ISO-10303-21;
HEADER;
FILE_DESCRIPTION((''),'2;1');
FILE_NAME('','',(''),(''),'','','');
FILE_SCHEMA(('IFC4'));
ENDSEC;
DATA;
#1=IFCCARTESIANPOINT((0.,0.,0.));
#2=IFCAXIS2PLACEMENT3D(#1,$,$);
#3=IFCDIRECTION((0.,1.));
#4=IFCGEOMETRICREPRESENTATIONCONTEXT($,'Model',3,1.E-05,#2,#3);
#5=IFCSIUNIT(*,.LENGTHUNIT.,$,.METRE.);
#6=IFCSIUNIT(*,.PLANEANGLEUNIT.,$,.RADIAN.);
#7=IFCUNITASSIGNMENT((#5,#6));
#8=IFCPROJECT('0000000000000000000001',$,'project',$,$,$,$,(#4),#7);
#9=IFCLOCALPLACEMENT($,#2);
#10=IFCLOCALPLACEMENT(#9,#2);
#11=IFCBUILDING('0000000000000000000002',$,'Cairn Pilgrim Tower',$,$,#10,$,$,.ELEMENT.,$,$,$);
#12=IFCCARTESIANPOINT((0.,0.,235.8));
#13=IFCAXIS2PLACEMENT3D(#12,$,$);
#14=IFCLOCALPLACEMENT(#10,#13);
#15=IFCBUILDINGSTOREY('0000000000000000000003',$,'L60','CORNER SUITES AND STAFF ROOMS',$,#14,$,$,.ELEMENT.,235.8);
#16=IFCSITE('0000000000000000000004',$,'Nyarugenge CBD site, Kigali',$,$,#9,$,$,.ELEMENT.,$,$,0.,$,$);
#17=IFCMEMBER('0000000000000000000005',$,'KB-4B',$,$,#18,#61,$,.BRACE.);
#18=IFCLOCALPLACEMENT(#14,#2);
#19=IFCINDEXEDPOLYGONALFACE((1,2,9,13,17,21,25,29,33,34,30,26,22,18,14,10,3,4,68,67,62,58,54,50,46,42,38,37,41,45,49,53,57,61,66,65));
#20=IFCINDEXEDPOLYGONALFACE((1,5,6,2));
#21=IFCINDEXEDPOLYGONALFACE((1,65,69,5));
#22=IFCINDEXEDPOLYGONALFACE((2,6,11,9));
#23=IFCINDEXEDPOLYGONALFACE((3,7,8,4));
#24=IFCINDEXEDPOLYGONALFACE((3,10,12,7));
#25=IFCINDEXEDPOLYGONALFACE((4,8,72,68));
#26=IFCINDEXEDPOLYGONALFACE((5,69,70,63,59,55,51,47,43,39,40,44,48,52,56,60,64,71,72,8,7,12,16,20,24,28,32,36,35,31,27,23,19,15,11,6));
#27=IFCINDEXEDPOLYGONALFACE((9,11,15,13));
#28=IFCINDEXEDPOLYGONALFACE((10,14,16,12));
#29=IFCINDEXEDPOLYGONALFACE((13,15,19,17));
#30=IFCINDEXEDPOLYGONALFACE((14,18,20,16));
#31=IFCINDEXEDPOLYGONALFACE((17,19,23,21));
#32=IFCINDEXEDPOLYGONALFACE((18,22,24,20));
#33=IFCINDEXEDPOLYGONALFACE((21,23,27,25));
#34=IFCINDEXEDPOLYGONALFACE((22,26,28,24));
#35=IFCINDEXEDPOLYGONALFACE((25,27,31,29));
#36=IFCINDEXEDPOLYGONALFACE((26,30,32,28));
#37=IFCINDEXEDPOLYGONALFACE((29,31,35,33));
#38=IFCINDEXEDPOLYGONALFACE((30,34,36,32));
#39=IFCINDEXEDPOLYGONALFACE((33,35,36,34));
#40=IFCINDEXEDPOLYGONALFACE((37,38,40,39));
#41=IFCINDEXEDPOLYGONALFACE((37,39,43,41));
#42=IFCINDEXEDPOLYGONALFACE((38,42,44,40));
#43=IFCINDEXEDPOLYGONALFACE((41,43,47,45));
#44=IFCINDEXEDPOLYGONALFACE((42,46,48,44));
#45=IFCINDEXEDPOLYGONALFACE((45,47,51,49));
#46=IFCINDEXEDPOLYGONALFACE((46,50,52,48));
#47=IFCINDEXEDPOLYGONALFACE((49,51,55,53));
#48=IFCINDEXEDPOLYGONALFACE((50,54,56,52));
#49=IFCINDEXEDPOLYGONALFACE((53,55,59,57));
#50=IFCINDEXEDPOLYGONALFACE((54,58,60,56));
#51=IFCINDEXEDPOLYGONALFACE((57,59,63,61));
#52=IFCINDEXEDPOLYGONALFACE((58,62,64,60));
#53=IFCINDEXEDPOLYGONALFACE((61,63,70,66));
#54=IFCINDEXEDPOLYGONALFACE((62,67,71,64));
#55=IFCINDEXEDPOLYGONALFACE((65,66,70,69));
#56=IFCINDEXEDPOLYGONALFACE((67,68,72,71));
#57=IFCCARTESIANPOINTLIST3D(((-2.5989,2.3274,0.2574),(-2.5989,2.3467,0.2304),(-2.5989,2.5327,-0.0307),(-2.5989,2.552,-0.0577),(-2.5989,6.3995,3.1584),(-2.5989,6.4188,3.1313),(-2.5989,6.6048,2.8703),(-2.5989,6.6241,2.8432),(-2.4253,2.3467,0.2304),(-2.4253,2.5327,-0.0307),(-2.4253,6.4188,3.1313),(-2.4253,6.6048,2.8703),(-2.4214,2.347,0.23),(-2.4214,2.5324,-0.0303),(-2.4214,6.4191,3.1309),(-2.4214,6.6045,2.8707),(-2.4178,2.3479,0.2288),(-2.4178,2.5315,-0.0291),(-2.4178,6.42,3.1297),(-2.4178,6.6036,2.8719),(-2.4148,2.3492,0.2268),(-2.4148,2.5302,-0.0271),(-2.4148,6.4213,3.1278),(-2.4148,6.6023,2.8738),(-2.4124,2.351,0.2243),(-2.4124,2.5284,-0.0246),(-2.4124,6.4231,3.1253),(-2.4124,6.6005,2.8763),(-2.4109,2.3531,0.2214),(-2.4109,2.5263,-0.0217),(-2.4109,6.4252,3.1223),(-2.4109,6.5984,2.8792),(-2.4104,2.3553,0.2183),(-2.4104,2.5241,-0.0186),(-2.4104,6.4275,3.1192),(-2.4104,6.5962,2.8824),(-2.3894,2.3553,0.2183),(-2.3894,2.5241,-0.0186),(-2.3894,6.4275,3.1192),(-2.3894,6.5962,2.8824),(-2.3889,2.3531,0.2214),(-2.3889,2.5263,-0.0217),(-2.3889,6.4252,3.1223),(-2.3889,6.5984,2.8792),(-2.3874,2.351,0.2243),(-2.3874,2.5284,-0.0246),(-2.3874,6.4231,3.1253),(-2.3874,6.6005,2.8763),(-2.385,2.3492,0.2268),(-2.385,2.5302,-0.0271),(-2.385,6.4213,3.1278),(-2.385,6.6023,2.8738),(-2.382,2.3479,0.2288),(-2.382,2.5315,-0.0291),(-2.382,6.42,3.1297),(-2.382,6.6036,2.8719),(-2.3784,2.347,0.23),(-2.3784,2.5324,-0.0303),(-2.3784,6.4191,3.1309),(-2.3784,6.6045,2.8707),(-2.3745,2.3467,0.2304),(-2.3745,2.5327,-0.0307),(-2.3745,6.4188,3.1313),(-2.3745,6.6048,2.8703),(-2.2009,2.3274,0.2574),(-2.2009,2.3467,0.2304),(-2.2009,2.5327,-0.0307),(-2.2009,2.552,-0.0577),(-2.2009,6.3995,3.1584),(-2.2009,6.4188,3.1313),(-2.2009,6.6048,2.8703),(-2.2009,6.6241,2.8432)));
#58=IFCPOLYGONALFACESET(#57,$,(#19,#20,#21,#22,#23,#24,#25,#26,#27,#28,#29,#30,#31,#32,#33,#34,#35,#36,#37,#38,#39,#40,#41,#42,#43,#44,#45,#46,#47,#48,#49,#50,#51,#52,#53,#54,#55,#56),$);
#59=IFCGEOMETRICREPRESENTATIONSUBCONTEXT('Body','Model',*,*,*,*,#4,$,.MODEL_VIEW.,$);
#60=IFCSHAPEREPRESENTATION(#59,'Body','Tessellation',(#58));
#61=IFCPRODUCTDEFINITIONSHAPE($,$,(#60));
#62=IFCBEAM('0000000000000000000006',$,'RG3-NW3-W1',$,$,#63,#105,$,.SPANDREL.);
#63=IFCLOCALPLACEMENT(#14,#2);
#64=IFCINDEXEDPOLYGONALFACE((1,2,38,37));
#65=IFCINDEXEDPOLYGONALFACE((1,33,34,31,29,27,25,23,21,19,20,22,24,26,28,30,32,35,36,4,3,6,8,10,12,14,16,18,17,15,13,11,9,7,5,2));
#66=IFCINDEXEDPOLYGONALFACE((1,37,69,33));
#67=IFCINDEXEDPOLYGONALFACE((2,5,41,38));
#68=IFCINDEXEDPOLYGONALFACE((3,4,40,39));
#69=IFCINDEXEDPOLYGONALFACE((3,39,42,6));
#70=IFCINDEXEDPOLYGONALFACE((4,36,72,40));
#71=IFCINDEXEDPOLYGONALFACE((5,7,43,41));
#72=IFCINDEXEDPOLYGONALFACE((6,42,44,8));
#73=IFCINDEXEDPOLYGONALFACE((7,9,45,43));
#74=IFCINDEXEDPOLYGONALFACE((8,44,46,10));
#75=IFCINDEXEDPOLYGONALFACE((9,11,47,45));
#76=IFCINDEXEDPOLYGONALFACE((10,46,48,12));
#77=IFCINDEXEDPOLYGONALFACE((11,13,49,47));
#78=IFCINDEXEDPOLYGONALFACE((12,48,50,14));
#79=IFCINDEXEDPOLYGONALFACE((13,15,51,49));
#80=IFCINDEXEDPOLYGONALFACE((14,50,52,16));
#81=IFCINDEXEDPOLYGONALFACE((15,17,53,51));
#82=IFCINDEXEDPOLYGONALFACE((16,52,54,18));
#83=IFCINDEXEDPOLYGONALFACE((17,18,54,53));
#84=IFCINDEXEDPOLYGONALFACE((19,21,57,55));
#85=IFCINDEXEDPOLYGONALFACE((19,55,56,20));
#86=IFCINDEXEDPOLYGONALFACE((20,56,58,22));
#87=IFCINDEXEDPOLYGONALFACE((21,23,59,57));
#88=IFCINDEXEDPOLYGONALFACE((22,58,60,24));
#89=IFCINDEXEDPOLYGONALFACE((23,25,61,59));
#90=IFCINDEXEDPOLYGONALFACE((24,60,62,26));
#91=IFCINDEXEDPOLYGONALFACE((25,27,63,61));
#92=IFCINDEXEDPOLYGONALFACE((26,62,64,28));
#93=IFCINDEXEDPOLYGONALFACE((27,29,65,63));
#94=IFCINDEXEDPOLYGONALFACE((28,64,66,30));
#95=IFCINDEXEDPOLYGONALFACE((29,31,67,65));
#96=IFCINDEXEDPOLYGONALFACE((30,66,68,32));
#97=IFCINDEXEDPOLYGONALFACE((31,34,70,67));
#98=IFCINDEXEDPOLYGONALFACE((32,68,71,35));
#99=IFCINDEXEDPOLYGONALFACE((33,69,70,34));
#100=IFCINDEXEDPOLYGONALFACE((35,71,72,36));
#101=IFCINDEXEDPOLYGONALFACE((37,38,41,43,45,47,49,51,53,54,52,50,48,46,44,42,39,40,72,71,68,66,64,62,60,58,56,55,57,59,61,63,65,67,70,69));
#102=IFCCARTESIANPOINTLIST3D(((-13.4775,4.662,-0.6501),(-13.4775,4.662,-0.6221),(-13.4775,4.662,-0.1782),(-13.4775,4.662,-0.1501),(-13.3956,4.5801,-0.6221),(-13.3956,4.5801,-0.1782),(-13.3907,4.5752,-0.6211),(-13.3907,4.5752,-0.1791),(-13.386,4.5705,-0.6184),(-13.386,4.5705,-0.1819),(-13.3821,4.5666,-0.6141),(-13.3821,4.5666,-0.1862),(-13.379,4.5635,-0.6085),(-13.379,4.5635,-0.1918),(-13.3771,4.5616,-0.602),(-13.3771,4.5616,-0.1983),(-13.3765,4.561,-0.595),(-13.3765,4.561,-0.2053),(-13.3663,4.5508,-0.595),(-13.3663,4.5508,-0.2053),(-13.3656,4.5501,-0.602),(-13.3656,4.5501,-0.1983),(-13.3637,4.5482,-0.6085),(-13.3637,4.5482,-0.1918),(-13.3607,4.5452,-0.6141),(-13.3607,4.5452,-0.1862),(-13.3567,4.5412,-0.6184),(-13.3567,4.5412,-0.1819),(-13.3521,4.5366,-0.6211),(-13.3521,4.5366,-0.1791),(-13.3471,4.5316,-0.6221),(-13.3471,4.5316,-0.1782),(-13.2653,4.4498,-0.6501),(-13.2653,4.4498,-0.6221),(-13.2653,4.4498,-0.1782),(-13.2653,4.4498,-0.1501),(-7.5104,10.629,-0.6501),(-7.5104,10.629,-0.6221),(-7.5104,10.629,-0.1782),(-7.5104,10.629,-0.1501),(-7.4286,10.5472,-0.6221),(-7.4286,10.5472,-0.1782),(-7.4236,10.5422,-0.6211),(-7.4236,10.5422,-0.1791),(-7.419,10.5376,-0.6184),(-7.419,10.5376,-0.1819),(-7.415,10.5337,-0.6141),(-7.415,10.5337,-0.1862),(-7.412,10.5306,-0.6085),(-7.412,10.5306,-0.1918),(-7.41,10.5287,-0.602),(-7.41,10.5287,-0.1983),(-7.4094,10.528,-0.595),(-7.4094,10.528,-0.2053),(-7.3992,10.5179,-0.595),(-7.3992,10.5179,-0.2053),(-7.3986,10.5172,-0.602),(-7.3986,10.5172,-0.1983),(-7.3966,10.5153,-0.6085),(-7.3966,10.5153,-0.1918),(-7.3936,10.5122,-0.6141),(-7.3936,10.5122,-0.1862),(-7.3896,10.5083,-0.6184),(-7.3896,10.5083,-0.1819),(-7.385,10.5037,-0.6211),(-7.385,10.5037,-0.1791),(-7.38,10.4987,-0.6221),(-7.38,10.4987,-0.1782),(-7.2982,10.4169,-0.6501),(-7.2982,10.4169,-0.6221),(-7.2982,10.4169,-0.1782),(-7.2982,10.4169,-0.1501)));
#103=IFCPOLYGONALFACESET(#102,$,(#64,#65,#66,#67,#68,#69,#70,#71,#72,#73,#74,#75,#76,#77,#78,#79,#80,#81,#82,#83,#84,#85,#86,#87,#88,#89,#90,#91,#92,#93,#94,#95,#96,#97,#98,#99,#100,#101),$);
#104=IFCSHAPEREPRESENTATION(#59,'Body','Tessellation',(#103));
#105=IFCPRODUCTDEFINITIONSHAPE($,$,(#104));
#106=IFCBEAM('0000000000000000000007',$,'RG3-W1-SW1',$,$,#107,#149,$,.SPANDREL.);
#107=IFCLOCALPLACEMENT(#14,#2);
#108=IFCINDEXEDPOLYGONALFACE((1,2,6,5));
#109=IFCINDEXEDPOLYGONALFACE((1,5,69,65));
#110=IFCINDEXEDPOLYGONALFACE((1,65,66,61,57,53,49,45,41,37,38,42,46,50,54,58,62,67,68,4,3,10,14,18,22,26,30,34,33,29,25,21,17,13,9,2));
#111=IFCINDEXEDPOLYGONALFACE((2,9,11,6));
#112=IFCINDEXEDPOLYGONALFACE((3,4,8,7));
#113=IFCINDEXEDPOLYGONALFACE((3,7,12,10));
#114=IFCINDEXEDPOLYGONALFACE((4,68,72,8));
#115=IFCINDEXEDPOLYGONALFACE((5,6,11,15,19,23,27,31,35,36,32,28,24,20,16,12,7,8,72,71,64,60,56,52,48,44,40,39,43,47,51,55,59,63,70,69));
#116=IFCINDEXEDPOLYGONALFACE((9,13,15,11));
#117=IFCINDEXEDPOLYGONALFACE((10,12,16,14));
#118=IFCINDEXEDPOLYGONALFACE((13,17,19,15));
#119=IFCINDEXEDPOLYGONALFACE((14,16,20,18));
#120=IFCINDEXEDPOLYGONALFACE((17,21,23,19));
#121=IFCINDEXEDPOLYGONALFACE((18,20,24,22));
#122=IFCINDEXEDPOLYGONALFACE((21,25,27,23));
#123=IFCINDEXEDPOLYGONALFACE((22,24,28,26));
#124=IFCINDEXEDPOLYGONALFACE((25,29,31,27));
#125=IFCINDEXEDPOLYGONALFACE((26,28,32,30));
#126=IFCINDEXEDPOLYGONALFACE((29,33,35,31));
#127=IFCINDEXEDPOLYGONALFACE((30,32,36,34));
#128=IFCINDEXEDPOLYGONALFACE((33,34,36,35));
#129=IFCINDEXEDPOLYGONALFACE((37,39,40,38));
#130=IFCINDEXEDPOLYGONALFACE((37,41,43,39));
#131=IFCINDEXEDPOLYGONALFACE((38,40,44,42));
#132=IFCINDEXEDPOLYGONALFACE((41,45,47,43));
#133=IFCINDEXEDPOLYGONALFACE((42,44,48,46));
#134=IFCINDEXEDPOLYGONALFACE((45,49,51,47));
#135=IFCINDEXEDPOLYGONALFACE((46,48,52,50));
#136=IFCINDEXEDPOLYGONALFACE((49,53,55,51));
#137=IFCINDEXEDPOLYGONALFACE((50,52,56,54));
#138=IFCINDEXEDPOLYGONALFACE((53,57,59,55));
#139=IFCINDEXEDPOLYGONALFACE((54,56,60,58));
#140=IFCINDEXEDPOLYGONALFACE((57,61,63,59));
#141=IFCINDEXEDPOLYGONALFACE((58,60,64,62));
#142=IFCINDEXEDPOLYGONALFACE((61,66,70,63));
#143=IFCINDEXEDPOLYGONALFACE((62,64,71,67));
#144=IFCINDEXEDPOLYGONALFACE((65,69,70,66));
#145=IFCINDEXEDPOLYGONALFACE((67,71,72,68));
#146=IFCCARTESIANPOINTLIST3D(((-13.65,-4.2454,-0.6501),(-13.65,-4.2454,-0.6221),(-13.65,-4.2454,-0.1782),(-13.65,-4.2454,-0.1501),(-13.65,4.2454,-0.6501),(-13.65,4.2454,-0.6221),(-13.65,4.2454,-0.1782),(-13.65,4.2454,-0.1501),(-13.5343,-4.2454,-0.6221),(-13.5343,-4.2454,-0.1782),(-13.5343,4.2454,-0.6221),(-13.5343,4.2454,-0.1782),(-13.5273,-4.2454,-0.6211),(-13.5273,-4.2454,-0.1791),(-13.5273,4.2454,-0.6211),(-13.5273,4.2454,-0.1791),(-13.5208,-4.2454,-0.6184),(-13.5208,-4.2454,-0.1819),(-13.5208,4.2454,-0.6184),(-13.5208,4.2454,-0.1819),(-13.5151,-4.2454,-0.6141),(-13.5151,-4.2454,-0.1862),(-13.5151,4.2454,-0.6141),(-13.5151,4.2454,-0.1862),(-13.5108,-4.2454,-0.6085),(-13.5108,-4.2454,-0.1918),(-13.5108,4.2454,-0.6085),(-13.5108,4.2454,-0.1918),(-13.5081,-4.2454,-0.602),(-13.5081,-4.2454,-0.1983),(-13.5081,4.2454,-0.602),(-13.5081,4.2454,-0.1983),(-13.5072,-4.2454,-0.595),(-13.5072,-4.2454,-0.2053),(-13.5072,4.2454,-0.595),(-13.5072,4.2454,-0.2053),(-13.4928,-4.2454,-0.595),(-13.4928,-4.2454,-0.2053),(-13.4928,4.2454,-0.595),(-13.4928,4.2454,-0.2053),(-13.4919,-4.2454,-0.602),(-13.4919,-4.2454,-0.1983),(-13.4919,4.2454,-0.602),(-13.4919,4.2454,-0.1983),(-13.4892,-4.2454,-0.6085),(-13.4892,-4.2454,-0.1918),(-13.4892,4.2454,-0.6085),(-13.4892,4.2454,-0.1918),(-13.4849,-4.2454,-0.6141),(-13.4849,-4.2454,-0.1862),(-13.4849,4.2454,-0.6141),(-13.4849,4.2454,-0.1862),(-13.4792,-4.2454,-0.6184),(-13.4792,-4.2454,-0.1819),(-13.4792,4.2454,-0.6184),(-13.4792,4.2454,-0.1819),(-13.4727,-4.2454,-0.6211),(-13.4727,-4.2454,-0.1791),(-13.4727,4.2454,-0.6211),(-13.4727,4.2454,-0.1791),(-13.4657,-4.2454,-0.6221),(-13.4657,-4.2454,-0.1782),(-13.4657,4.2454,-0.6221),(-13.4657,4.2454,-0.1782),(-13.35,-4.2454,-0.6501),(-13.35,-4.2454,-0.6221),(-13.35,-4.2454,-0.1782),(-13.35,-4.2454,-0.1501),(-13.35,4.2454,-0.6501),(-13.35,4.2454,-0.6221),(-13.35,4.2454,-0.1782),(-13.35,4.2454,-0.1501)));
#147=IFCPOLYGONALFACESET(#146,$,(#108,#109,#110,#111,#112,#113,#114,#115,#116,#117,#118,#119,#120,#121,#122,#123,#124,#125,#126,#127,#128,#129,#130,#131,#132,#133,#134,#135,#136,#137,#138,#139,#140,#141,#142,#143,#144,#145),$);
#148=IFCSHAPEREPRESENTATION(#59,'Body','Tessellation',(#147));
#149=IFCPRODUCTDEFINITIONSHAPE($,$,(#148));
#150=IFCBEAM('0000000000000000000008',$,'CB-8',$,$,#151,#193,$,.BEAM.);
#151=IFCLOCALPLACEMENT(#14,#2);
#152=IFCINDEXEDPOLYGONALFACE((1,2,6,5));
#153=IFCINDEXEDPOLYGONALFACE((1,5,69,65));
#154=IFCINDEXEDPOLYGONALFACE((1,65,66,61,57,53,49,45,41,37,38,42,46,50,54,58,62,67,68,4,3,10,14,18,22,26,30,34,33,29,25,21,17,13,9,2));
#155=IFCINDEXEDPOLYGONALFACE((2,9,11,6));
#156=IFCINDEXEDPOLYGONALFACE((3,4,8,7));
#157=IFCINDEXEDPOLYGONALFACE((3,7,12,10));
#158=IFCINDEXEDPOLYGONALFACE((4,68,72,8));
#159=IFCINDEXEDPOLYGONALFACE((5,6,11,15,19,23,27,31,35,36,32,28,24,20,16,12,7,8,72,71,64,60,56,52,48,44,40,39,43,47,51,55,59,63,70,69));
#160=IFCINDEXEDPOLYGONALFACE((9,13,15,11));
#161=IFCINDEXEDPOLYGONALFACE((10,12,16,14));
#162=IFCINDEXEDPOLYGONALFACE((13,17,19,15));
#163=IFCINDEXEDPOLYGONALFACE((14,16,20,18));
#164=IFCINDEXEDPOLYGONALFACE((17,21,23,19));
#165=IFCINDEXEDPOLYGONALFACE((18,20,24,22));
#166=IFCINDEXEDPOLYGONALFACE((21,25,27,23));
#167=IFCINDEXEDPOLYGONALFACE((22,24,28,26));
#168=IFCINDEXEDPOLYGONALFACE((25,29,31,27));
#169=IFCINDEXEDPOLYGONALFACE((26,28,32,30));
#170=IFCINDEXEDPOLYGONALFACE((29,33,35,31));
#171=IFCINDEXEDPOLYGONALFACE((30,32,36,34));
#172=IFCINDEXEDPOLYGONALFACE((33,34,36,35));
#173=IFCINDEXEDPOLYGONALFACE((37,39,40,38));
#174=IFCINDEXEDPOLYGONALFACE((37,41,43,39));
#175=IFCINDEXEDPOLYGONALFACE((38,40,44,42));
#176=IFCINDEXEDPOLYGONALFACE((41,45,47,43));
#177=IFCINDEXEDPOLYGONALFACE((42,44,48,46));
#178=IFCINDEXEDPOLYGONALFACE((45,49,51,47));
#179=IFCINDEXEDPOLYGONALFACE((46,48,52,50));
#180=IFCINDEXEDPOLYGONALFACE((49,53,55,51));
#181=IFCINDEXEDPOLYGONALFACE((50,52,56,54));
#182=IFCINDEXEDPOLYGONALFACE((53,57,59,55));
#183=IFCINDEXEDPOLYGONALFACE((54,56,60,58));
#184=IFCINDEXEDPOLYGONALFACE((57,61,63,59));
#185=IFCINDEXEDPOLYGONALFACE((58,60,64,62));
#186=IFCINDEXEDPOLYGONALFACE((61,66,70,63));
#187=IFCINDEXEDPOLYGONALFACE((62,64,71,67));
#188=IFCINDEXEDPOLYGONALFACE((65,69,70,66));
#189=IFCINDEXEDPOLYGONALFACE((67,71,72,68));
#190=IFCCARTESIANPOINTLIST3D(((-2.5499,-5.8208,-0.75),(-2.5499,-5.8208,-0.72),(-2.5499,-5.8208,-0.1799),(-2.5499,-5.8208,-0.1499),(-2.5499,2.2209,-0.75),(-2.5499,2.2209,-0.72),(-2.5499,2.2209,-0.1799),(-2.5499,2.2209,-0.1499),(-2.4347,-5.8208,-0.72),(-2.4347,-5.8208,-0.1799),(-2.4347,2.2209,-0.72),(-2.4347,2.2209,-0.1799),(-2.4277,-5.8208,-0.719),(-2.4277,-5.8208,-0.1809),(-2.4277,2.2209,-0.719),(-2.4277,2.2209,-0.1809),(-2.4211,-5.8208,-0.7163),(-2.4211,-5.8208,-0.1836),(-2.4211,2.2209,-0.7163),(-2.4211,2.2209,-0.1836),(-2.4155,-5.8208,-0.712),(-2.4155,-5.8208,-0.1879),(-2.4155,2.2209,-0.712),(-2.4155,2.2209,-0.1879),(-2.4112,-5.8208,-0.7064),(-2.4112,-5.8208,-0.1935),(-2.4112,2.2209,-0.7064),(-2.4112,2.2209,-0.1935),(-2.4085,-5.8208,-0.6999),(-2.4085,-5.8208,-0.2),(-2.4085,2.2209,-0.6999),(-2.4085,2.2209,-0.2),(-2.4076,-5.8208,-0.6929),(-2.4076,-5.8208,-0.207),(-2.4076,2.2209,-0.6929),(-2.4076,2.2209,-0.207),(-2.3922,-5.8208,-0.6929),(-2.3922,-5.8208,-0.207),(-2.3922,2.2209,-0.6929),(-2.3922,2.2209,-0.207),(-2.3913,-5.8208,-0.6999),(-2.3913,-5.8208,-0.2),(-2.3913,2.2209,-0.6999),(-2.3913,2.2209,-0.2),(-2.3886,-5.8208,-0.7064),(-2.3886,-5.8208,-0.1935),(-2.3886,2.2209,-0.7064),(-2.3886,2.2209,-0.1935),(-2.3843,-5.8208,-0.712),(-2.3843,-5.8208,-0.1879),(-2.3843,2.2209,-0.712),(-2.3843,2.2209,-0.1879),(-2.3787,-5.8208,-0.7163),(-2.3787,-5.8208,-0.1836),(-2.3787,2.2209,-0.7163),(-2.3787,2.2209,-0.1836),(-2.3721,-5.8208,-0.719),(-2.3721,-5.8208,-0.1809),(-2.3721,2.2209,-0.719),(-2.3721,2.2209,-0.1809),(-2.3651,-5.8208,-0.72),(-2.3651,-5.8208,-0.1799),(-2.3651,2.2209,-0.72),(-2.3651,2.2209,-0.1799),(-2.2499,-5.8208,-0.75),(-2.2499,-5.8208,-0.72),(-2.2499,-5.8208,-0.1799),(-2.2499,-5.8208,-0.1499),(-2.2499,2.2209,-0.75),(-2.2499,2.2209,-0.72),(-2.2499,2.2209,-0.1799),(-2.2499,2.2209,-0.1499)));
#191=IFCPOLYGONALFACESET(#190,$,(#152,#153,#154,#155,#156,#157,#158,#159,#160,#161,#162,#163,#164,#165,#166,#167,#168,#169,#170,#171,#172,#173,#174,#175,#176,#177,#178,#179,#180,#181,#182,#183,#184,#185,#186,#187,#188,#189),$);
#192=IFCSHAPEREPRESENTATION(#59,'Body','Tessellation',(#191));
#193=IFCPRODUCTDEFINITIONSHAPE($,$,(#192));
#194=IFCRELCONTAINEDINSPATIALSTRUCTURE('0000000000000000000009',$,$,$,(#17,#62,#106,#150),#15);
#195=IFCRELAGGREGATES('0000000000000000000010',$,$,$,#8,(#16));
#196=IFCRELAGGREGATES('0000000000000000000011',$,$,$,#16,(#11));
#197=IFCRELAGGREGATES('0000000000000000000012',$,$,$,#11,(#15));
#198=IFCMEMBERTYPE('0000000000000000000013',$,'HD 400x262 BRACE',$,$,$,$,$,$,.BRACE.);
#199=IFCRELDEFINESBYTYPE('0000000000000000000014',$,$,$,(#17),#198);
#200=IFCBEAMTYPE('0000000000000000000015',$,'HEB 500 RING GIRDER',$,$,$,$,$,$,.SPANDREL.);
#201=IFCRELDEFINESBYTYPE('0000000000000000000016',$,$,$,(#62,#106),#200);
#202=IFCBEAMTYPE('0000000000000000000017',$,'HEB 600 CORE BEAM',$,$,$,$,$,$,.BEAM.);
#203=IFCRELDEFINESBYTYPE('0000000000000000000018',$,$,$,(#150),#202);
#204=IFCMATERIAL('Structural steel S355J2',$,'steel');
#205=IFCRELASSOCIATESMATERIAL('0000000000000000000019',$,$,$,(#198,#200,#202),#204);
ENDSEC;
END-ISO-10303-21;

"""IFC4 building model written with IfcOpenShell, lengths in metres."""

from ifc_helpers import new_model, si_unit, direction, frame, origin, origin_2d, place, context, subcontext, project, spatial, i_section, extrude, material, material_profile, profile_set, type_object, element, save


model = new_model("IFC4")

# Units and contexts
model_context = context("Model", 3, precision=1e-05, world=origin(), true_north=direction((0.0, 1.0)))
body_context = subcontext(model_context, "Body", "Model", "MODEL_VIEW")
ifc_project = project(units=[si_unit("LENGTHUNIT", "METRE"), si_unit("PLANEANGLEUNIT", "RADIAN")], contexts=[model_context])

# Site, building, storey
site_placement = place(None, origin())
site = spatial("IfcSite", under=ifc_project, at=site_placement, Name="Nyarugenge CBD site, Kigali", CompositionType="ELEMENT", RefElevation=0.0)
building_placement = place(site_placement, origin())
building = spatial("IfcBuilding", under=site, at=building_placement, Name="Cairn Pilgrim Tower", CompositionType="ELEMENT")
storey_placement = place(building_placement, frame((0.0, 0.0, 235.8)))
storey = spatial("IfcBuildingStorey", under=building, at=storey_placement, Name="L60", Description="CORNER SUITES AND STAFF ROOMS", CompositionType="ELEMENT", Elevation=235.8)

# Shared definitions
ifc_material_1 = material(Name="Structural steel S355J2", Category="steel")

# Member
ifc_material_profile_1 = material_profile(ifc_material_1, i_section(OverallWidth=0.3979, OverallDepth=0.387, WebThickness=0.021, FlangeThickness=0.0332, FilletRadius=0.0149, at=origin_2d()), Name="HD 400x262")
ifc_profile_set_1 = profile_set([ifc_material_profile_1], Name="Structural steel S355J2")
member_type_1 = type_object("IfcMemberType", Name="HD 400x262 BRACE", PredefinedType="BRACE", material=ifc_profile_set_1)
member_1_placement = place(storey_placement, frame((-2.3999, 2.4397, 0.0999), z_axis=(0.0, 0.814462, 0.580217), x_axis=(-1.0, 0.0, 0.0)))
element("IfcMember", 1, at=member_1_placement, inside=storey, type_object=member_type_1, Name="KB-4B", PredefinedType="BRACE", context=body_context, shape_type="SweptSolid", body=[
    extrude(i_section(OverallWidth=0.3979, OverallDepth=0.387, WebThickness=0.021, FlangeThickness=0.0332, FilletRadius=0.0149, at=origin_2d()), origin(), (0.0, 0.0, 1.0), 4.9998),
])

# Beams
ifc_material_profile_2 = material_profile(ifc_material_1, i_section(OverallWidth=0.3, OverallDepth=0.5, WebThickness=0.0144, FlangeThickness=0.0281, FilletRadius=0.0271, at=origin_2d()), Name="HEB 500")
ifc_profile_set_2 = profile_set([ifc_material_profile_2], Name="Structural steel S355J2")
beam_type_1 = type_object("IfcBeamType", Name="HEB 500 RING GIRDER", PredefinedType="SPANDREL", material=ifc_profile_set_2)
beam_1_placement = place(storey_placement, frame((-7.4043, 10.5229, -0.4001), z_axis=(-0.707107, -0.707107, 0.0), x_axis=(0.707107, -0.707107, 0.0)))
element("IfcBeam", 2, at=beam_1_placement, inside=storey, type_object=beam_type_1, Name="RG3-NW3-W1", PredefinedType="SPANDREL", context=body_context, shape_type="SweptSolid", body=[
    extrude(i_section(OverallWidth=0.3, OverallDepth=0.5, WebThickness=0.0144, FlangeThickness=0.0281, FilletRadius=0.0271, at=origin_2d()), origin(), (0.0, 0.0, 1.0), 8.4387),
])
beam_2_placement = place(storey_placement, frame((-13.5, 4.2454, -0.4001), z_axis=(0.0, -1.0, 0.0), x_axis=(1.0, 0.0, 0.0)))
element("IfcBeam", 3, at=beam_2_placement, inside=storey, type_object=beam_type_1, Name="RG3-W1-SW1", PredefinedType="SPANDREL", context=body_context, shape_type="SweptSolid", body=[
    extrude(i_section(OverallWidth=0.3, OverallDepth=0.5, WebThickness=0.0144, FlangeThickness=0.0281, FilletRadius=0.0271, at=origin_2d()), origin(), (0.0, 0.0, 1.0), 8.4907),
])
ifc_material_profile_3 = material_profile(ifc_material_1, i_section(OverallWidth=0.3, OverallDepth=0.6001, WebThickness=0.0154, FlangeThickness=0.03, FilletRadius=0.0271, at=origin_2d()), Name="HEB 600")
ifc_profile_set_3 = profile_set([ifc_material_profile_3], Name="Structural steel S355J2")
beam_type_2 = type_object("IfcBeamType", Name="HEB 600 CORE BEAM", PredefinedType="BEAM", material=ifc_profile_set_3)
beam_3_placement = place(storey_placement, frame((-2.3999, 2.2209, -0.45), z_axis=(0.0, -1.0, 0.0), x_axis=(1.0, 0.0, 0.0)))
element("IfcBeam", 4, at=beam_3_placement, inside=storey, type_object=beam_type_2, Name="CB-8", PredefinedType="BEAM", context=body_context, shape_type="SweptSolid", body=[
    extrude(i_section(OverallWidth=0.3, OverallDepth=0.6001, WebThickness=0.0154, FlangeThickness=0.03, FilletRadius=0.0271, at=origin_2d()), origin(), (0.0, 0.0, 1.0), 8.0417),
])

save(model, "model.ifc")
